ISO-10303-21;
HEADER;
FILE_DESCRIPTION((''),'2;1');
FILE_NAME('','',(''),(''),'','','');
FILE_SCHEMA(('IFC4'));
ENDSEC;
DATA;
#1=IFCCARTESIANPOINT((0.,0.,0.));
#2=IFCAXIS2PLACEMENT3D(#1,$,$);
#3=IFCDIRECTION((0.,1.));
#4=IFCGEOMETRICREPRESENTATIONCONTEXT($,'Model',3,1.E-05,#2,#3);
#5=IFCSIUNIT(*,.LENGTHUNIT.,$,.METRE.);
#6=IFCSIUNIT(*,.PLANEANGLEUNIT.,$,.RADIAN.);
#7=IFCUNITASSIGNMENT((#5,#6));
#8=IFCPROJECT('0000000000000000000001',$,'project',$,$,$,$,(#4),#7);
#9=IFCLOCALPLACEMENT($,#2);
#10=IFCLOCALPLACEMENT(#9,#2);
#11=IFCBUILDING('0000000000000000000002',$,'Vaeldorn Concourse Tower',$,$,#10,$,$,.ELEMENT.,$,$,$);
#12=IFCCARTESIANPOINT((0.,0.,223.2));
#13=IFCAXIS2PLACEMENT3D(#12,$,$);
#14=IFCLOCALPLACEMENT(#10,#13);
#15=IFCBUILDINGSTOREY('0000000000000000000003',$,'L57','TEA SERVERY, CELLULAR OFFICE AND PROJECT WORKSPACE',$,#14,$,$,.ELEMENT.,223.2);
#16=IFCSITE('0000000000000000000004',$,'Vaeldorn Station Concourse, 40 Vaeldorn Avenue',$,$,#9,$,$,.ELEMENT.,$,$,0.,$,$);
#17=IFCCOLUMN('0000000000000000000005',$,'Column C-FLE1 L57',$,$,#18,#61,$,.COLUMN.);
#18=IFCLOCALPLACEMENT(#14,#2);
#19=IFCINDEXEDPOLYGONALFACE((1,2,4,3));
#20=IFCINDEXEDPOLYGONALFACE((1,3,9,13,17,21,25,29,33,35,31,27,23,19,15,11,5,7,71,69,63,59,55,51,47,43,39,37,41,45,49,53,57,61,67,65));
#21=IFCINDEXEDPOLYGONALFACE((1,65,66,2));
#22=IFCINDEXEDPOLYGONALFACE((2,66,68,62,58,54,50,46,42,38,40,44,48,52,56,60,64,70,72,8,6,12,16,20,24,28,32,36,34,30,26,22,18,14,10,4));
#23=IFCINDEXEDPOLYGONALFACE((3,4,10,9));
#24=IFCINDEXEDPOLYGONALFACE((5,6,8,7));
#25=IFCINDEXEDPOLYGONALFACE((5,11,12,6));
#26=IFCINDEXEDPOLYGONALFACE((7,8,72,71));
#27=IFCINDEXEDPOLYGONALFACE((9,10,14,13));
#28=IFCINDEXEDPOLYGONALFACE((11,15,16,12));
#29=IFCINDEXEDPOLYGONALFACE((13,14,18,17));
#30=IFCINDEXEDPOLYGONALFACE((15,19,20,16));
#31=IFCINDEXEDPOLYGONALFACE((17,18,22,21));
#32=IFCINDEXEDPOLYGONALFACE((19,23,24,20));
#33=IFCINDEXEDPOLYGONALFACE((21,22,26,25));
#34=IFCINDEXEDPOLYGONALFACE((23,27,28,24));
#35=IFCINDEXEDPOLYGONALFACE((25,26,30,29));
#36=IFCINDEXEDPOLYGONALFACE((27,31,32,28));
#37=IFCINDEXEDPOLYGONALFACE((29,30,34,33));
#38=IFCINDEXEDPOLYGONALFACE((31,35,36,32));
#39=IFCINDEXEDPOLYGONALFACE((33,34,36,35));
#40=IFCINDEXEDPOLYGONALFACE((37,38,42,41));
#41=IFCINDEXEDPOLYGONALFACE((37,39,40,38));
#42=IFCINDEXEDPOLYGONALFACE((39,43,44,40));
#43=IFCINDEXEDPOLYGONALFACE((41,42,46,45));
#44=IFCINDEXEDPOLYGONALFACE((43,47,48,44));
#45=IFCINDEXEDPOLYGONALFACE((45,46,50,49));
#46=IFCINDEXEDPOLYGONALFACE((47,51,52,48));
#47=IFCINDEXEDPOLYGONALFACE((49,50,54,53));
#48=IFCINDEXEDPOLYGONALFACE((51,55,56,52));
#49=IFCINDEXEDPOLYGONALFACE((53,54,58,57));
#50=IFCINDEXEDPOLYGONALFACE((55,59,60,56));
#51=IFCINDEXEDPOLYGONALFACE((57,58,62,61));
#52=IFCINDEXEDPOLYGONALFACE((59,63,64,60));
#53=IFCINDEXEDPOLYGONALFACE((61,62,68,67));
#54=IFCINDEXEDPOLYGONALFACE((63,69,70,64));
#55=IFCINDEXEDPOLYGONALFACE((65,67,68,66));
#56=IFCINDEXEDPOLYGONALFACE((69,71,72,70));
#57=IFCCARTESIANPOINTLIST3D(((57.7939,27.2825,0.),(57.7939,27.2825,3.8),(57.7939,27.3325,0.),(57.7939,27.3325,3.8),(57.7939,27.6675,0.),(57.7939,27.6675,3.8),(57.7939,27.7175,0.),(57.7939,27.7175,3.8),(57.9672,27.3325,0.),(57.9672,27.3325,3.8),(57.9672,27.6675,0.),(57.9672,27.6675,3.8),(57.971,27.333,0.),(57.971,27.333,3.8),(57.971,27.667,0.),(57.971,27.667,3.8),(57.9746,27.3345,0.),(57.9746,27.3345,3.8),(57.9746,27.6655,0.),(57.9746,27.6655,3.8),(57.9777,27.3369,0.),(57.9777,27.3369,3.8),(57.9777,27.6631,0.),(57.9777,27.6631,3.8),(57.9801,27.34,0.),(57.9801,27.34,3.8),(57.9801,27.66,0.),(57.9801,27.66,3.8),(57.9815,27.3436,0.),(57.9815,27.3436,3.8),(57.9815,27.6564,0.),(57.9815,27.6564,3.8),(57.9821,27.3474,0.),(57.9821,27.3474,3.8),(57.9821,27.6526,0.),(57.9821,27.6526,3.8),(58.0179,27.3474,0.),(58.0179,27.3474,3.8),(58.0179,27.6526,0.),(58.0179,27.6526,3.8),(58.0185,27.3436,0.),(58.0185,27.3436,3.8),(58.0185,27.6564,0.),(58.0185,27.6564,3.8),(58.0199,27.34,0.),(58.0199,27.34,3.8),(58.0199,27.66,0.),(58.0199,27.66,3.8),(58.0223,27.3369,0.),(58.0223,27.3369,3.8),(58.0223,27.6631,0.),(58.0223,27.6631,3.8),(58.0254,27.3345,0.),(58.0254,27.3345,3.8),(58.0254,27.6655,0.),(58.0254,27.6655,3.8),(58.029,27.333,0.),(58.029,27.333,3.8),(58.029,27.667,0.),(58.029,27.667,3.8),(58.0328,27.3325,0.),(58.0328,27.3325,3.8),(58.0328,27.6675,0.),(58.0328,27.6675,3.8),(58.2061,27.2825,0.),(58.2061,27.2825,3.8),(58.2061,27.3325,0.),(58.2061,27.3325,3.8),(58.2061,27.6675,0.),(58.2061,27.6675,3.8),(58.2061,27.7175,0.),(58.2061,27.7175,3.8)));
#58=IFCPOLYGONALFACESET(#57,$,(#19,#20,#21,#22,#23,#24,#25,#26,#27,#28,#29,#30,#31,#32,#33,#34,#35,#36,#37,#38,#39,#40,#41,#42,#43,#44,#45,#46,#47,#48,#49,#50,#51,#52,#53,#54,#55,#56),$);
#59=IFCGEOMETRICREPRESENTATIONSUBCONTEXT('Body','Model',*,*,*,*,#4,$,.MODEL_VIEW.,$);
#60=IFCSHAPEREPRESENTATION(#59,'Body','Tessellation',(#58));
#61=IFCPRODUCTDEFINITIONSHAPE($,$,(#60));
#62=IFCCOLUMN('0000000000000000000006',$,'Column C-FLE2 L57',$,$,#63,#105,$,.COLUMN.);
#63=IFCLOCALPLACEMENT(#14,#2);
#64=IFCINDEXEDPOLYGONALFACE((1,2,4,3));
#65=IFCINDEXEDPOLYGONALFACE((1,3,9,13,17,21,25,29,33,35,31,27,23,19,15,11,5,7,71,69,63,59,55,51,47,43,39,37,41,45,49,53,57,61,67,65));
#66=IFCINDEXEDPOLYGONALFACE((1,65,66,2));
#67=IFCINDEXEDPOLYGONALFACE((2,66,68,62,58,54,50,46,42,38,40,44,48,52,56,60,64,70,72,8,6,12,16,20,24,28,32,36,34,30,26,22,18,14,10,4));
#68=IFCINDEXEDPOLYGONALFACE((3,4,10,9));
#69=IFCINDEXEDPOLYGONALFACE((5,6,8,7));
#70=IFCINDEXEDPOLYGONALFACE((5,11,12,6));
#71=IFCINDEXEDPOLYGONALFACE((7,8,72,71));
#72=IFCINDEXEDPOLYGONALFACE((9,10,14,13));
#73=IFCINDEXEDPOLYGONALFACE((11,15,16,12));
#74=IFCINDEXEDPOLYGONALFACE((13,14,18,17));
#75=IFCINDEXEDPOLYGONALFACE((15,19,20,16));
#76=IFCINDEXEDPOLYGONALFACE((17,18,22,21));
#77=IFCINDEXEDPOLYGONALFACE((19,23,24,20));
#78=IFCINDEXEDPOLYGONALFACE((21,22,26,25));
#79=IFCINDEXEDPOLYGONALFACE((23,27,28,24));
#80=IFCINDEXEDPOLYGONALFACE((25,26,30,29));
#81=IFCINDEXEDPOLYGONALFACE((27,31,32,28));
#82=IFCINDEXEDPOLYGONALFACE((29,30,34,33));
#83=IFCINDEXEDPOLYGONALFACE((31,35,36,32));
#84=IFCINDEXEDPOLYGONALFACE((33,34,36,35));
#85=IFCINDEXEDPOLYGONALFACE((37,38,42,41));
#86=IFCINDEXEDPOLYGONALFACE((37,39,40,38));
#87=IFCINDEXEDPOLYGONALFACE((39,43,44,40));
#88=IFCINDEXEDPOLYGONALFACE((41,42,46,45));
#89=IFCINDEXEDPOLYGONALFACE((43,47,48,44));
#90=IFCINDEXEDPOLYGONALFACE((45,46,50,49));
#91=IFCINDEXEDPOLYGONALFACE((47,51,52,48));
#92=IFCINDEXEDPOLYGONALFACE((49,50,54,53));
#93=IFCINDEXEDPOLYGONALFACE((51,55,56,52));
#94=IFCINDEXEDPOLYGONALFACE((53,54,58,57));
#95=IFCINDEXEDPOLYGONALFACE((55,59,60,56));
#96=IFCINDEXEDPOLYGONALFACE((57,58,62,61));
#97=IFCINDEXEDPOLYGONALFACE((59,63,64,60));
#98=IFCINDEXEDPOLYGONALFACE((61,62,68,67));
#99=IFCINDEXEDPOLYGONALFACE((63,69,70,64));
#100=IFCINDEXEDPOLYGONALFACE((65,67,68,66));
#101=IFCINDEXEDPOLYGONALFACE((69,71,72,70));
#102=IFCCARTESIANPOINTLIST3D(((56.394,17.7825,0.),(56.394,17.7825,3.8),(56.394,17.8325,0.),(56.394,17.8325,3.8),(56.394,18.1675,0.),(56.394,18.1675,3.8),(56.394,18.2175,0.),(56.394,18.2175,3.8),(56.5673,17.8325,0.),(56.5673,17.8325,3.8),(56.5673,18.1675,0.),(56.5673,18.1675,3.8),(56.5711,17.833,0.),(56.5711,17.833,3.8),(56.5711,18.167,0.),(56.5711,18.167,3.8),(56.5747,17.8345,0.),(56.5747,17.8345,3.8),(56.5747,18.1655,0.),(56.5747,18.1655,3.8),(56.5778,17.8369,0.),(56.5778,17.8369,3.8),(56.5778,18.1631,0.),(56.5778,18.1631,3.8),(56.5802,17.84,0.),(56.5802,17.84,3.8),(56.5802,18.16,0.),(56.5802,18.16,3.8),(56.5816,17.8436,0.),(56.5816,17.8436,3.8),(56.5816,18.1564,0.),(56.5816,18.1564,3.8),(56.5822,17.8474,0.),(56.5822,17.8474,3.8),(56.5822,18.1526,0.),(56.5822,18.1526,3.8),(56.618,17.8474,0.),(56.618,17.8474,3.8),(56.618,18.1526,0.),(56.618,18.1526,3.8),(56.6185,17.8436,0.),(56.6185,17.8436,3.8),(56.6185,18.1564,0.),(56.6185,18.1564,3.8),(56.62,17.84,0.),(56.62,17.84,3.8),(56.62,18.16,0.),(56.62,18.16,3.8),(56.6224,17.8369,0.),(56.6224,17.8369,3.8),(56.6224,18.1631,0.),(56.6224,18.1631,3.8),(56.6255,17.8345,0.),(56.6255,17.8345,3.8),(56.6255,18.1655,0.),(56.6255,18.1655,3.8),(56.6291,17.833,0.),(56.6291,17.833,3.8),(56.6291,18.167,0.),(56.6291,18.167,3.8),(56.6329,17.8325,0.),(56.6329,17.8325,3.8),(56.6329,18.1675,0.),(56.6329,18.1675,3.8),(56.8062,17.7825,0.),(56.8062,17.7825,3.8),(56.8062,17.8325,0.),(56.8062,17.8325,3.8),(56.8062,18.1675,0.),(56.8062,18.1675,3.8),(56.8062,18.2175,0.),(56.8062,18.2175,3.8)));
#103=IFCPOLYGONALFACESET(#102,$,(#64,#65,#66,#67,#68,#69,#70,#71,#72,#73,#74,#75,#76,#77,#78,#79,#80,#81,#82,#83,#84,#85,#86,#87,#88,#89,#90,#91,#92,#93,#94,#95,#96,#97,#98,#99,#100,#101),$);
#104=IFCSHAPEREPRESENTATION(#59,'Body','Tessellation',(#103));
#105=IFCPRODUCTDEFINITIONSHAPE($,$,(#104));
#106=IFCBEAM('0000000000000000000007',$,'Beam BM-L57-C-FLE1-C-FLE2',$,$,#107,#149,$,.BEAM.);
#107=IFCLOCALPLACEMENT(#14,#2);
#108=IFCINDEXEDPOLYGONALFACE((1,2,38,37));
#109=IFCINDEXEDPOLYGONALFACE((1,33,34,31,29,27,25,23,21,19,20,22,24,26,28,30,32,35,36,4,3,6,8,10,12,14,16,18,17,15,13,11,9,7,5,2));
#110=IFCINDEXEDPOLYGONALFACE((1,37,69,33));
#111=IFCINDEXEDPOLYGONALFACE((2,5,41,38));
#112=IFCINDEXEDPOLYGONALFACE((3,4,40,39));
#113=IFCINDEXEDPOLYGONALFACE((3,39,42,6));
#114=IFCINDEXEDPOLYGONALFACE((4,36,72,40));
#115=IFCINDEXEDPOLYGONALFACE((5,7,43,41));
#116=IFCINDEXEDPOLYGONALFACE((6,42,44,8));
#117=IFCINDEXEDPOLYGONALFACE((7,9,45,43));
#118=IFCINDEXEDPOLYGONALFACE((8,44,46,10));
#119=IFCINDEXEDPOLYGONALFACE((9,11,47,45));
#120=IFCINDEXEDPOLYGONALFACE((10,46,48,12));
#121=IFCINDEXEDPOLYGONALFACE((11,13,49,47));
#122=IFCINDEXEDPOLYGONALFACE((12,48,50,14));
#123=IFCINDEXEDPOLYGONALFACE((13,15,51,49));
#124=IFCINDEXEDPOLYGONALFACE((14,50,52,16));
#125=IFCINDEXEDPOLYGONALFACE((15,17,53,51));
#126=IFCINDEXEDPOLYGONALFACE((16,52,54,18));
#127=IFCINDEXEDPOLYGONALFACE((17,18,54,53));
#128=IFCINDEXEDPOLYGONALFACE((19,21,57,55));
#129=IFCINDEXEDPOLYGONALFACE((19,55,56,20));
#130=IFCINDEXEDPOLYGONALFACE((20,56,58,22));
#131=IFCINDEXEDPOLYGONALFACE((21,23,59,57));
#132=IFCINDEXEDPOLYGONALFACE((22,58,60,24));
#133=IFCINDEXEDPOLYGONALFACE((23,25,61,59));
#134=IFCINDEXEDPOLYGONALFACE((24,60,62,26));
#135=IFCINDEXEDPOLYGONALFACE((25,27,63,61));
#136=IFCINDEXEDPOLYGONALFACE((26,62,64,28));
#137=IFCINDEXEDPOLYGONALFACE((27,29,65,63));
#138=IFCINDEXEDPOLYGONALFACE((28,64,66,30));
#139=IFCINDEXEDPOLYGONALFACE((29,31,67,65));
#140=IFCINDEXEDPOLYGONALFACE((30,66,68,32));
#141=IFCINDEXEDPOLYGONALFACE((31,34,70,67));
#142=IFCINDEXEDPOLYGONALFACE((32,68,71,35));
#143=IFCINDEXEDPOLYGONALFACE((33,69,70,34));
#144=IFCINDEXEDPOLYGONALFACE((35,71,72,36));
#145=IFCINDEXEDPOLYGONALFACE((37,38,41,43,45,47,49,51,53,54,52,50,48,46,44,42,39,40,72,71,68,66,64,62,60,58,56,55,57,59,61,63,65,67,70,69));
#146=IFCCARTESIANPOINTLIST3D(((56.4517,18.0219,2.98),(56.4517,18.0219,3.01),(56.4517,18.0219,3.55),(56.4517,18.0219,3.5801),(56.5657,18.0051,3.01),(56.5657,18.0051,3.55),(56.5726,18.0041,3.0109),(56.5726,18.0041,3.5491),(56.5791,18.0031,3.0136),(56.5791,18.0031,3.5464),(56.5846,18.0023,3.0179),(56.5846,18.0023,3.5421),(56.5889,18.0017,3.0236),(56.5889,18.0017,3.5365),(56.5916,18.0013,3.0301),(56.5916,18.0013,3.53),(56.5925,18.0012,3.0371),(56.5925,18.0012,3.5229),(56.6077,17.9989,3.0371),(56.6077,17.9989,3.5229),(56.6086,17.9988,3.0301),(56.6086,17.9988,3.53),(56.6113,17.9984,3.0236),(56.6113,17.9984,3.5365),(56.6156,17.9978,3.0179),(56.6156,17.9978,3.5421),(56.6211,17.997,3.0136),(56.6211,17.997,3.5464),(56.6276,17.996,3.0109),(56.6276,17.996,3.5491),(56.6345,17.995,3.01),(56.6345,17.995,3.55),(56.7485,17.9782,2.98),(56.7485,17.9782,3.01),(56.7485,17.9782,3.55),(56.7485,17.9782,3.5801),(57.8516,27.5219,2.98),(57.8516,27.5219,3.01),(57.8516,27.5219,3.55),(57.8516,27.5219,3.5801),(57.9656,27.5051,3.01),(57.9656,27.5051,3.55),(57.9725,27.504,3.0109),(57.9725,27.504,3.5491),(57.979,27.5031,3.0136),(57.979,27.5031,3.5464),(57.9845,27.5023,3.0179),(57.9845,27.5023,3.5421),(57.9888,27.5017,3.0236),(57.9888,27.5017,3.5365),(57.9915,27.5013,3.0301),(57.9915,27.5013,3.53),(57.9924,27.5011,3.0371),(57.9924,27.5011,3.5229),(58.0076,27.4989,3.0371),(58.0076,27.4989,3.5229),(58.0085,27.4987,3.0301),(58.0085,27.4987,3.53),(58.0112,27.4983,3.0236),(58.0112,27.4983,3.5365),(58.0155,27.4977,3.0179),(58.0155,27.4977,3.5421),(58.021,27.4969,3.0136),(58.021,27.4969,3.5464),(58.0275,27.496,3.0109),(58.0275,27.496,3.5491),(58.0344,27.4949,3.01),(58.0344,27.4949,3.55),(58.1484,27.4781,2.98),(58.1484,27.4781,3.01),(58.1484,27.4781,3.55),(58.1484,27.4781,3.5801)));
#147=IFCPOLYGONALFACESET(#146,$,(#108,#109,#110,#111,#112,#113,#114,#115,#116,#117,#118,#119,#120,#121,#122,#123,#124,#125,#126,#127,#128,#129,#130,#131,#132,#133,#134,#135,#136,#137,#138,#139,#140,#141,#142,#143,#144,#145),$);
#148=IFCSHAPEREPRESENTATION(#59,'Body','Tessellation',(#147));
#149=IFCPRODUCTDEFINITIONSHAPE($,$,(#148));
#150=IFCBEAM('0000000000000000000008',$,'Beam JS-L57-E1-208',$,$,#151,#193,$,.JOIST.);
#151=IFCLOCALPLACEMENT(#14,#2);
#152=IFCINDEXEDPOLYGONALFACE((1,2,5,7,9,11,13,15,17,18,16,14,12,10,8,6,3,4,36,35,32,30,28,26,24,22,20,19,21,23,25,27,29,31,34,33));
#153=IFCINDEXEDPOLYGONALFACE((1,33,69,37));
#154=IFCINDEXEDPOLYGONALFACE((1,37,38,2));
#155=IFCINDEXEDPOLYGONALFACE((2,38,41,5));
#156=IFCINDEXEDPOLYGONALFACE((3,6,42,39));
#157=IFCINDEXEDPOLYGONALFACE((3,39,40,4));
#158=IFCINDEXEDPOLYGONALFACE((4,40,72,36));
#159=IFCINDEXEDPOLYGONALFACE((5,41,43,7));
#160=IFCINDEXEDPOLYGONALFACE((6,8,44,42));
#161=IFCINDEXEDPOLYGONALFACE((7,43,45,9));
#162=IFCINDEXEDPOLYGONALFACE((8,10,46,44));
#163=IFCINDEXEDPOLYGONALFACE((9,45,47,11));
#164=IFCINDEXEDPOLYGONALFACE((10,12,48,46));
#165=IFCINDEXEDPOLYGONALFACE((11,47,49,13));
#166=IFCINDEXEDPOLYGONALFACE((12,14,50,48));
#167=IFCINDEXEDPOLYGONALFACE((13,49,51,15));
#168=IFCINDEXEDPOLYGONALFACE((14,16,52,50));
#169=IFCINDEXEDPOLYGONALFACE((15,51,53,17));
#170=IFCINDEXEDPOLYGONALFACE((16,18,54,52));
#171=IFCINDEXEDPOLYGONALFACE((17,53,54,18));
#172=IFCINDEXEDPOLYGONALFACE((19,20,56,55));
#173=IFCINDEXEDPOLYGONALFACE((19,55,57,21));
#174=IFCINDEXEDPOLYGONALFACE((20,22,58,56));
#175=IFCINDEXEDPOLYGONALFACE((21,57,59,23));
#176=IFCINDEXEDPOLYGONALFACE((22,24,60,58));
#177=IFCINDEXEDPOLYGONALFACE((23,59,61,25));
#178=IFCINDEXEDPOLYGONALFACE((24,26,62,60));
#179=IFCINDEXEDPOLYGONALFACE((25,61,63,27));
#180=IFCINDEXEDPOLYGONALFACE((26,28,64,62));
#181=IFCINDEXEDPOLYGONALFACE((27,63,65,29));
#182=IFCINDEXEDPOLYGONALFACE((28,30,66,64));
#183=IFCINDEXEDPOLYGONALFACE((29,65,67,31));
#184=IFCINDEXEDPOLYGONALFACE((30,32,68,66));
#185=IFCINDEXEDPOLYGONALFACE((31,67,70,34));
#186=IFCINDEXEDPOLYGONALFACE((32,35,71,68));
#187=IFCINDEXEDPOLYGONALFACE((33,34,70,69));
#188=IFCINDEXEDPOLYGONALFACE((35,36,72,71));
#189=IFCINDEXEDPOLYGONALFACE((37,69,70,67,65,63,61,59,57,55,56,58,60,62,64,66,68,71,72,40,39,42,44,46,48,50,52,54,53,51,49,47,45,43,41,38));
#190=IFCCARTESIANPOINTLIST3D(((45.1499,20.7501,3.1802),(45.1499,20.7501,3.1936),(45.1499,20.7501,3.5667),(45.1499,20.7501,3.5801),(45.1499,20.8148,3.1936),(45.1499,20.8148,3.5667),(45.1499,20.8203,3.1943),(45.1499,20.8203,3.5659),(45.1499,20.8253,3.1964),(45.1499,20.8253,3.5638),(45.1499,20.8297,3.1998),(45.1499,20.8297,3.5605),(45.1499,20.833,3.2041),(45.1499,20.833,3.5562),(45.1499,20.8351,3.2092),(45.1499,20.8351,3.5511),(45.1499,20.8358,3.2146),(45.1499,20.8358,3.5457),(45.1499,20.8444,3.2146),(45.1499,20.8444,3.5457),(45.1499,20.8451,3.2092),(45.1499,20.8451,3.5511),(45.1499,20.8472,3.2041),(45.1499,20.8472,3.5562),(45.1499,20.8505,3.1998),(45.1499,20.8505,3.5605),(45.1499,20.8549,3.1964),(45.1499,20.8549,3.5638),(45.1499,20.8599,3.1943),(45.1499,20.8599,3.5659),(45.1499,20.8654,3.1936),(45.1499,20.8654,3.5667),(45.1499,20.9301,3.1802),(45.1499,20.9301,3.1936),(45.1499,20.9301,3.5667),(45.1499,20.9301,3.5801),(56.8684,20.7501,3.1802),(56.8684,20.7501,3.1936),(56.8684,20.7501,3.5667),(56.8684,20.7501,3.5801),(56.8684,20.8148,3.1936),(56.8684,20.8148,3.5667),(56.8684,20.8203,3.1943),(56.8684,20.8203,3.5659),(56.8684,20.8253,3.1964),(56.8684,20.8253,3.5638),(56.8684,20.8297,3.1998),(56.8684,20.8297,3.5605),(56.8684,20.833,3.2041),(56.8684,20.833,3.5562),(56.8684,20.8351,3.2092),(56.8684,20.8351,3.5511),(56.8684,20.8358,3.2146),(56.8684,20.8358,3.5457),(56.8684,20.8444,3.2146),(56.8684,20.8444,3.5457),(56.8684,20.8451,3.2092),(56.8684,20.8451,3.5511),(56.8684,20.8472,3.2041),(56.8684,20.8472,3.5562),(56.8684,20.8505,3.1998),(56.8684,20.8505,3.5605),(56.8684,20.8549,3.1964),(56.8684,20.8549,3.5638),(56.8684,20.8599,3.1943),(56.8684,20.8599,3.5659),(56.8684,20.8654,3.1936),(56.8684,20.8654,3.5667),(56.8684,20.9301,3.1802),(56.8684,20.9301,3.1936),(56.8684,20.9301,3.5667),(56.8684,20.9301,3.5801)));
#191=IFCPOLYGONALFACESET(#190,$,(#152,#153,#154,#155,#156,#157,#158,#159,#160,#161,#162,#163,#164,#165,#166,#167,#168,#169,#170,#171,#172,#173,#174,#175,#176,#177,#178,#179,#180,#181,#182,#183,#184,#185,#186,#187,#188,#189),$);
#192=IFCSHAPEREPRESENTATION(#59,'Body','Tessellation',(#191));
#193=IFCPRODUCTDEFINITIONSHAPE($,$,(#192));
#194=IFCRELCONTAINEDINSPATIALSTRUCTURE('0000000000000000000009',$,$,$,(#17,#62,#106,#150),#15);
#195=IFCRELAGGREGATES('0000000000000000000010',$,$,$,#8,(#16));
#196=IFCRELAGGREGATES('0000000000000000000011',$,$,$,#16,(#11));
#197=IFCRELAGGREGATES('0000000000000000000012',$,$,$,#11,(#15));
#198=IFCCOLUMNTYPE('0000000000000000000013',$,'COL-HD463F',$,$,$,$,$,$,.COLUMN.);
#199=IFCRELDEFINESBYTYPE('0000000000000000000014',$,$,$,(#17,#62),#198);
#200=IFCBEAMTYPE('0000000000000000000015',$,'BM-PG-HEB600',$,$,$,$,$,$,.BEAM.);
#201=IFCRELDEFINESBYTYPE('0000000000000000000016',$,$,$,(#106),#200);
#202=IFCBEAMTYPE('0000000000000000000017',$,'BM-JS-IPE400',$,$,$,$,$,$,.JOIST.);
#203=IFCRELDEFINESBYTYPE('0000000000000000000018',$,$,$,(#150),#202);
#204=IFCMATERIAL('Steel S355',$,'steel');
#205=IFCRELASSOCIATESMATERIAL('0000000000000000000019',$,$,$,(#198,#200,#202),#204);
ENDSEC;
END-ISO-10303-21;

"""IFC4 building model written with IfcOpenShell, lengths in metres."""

from ifc_helpers import new_model, si_unit, direction, frame, origin, origin_2d, place, context, subcontext, project, spatial, i_section, extrude, source, transform, mapped, material, material_profile, profile_set, type_object, element, save


model = new_model("IFC4")

# Units and contexts
model_context = context("Model", 3, precision=1e-05, world=origin(), true_north=direction((0.0, 1.0)))
body_context = subcontext(model_context, "Body", "Model", "MODEL_VIEW")
ifc_project = project(units=[si_unit("LENGTHUNIT", "METRE"), si_unit("PLANEANGLEUNIT", "RADIAN")], contexts=[model_context])

# Site, building, storey
site_placement = place(None, origin())
site = spatial("IfcSite", under=ifc_project, at=site_placement, Name="Vaeldorn Station Concourse, 40 Vaeldorn Avenue", CompositionType="ELEMENT", RefElevation=0.0)
building_placement = place(site_placement, origin())
building = spatial("IfcBuilding", under=site, at=building_placement, Name="Vaeldorn Concourse Tower", CompositionType="ELEMENT")
storey_placement = place(building_placement, frame((0.0, 0.0, 223.2)))
storey = spatial("IfcBuildingStorey", under=building, at=storey_placement, Name="L57", Description="TEA SERVERY, CELLULAR OFFICE AND PROJECT WORKSPACE", CompositionType="ELEMENT", Elevation=223.2)

# Columns
ifc_material_1 = material(Name="Steel S355", Category="steel")
ifc_material_profile_1 = material_profile(ifc_material_1, i_section(OverallWidth=0.4121, OverallDepth=0.4351, WebThickness=0.0359, FlangeThickness=0.05, FilletRadius=0.0149, at=origin_2d()), Name="HD 400x463")
ifc_profile_set_1 = profile_set([ifc_material_profile_1], Name="Steel S355")
column_type = type_object("IfcColumnType", Name="COL-HD463F", PredefinedType="COLUMN", material=ifc_profile_set_1)
shared_shape_1 = source(origin(), body_context, "Body", "SweptSolid", [
    extrude(i_section(OverallWidth=0.4121, OverallDepth=0.4351, WebThickness=0.0359, FlangeThickness=0.05, FilletRadius=0.0149, at=origin_2d()), origin(), (0.0, 0.0, 1.0), 3.8),
])
for number, where, z_axis, x_axis, name in (
    (1, (58.0, 27.5, 0.0), (0.0, 0.0, 1.0), (1.0, 0.0, 0.0), "Column C-FLE1 L57"),
    (2, (56.6001, 18.0, 0.0), (0.0, 0.0, 1.0), (1.0, 0.0, 0.0), "Column C-FLE2 L57"),
):
    element("IfcColumn", number, at=place(storey_placement, frame(where, z_axis=z_axis, x_axis=x_axis)), inside=storey, type_object=column_type, Name=name, PredefinedType="COLUMN", context=body_context, shape_type="MappedRepresentation", body=[
        mapped(shared_shape_1, transform((0.0, 0.0, 0.0), scale=1.0)),
    ])

# Beams
ifc_material_profile_2 = material_profile(ifc_material_1, i_section(OverallWidth=0.3, OverallDepth=0.6001, WebThickness=0.0154, FlangeThickness=0.03, FilletRadius=0.0271, at=origin_2d()), Name="HEB 600")
ifc_profile_set_2 = profile_set([ifc_material_profile_2], Name="Steel S355")
beam_type_1 = type_object("IfcBeamType", Name="BM-PG-HEB600", PredefinedType="BEAM", material=ifc_profile_set_2)
shared_shape_2 = source(origin(), body_context, "Body", "SweptSolid", [
    extrude(i_section(OverallWidth=0.3, OverallDepth=0.6001, WebThickness=0.0154, FlangeThickness=0.03, FilletRadius=0.0271, at=origin_2d()), origin(), (0.0, 0.0, 1.0), 9.6025),
])
beam_1_placement = place(storey_placement, frame((58.0, 27.5, 3.28), z_axis=(-0.145784, -0.989316, 0.0), x_axis=(0.989316, -0.145784, 0.0)))
element("IfcBeam", 3, at=beam_1_placement, inside=storey, type_object=beam_type_1, Name="Beam BM-L57-C-FLE1-C-FLE2", PredefinedType="BEAM", context=body_context, shape_type="MappedRepresentation", body=[
    mapped(shared_shape_2, transform((0.0, 0.0, 0.0), scale=1.0)),
])
ifc_material_profile_3 = material_profile(ifc_material_1, i_section(OverallWidth=0.1799, OverallDepth=0.3999, WebThickness=0.0085, FlangeThickness=0.0134, FilletRadius=0.021, at=origin_2d()), Name="IPE 400")
ifc_profile_set_3 = profile_set([ifc_material_profile_3], Name="Steel S355")
beam_type_2 = type_object("IfcBeamType", Name="BM-JS-IPE400", PredefinedType="JOIST", material=ifc_profile_set_3)
shared_shape_3 = source(origin(), body_context, "Body", "SweptSolid", [
    extrude(i_section(OverallWidth=0.1799, OverallDepth=0.3999, WebThickness=0.0085, FlangeThickness=0.0134, FilletRadius=0.021, at=origin_2d()), origin(), (0.0, 0.0, 1.0), 11.7185),
])
beam_2_placement = place(storey_placement, frame((45.1499, 20.8401, 3.3801), z_axis=(1.0, 0.0, 0.0), x_axis=(0.0, 1.0, 0.0)))
element("IfcBeam", 4, at=beam_2_placement, inside=storey, type_object=beam_type_2, Name="Beam JS-L57-E1-208", PredefinedType="JOIST", context=body_context, shape_type="MappedRepresentation", body=[
    mapped(shared_shape_3, transform((0.0, 0.0, 0.0), scale=1.0)),
])

save(model, "model.ifc")
